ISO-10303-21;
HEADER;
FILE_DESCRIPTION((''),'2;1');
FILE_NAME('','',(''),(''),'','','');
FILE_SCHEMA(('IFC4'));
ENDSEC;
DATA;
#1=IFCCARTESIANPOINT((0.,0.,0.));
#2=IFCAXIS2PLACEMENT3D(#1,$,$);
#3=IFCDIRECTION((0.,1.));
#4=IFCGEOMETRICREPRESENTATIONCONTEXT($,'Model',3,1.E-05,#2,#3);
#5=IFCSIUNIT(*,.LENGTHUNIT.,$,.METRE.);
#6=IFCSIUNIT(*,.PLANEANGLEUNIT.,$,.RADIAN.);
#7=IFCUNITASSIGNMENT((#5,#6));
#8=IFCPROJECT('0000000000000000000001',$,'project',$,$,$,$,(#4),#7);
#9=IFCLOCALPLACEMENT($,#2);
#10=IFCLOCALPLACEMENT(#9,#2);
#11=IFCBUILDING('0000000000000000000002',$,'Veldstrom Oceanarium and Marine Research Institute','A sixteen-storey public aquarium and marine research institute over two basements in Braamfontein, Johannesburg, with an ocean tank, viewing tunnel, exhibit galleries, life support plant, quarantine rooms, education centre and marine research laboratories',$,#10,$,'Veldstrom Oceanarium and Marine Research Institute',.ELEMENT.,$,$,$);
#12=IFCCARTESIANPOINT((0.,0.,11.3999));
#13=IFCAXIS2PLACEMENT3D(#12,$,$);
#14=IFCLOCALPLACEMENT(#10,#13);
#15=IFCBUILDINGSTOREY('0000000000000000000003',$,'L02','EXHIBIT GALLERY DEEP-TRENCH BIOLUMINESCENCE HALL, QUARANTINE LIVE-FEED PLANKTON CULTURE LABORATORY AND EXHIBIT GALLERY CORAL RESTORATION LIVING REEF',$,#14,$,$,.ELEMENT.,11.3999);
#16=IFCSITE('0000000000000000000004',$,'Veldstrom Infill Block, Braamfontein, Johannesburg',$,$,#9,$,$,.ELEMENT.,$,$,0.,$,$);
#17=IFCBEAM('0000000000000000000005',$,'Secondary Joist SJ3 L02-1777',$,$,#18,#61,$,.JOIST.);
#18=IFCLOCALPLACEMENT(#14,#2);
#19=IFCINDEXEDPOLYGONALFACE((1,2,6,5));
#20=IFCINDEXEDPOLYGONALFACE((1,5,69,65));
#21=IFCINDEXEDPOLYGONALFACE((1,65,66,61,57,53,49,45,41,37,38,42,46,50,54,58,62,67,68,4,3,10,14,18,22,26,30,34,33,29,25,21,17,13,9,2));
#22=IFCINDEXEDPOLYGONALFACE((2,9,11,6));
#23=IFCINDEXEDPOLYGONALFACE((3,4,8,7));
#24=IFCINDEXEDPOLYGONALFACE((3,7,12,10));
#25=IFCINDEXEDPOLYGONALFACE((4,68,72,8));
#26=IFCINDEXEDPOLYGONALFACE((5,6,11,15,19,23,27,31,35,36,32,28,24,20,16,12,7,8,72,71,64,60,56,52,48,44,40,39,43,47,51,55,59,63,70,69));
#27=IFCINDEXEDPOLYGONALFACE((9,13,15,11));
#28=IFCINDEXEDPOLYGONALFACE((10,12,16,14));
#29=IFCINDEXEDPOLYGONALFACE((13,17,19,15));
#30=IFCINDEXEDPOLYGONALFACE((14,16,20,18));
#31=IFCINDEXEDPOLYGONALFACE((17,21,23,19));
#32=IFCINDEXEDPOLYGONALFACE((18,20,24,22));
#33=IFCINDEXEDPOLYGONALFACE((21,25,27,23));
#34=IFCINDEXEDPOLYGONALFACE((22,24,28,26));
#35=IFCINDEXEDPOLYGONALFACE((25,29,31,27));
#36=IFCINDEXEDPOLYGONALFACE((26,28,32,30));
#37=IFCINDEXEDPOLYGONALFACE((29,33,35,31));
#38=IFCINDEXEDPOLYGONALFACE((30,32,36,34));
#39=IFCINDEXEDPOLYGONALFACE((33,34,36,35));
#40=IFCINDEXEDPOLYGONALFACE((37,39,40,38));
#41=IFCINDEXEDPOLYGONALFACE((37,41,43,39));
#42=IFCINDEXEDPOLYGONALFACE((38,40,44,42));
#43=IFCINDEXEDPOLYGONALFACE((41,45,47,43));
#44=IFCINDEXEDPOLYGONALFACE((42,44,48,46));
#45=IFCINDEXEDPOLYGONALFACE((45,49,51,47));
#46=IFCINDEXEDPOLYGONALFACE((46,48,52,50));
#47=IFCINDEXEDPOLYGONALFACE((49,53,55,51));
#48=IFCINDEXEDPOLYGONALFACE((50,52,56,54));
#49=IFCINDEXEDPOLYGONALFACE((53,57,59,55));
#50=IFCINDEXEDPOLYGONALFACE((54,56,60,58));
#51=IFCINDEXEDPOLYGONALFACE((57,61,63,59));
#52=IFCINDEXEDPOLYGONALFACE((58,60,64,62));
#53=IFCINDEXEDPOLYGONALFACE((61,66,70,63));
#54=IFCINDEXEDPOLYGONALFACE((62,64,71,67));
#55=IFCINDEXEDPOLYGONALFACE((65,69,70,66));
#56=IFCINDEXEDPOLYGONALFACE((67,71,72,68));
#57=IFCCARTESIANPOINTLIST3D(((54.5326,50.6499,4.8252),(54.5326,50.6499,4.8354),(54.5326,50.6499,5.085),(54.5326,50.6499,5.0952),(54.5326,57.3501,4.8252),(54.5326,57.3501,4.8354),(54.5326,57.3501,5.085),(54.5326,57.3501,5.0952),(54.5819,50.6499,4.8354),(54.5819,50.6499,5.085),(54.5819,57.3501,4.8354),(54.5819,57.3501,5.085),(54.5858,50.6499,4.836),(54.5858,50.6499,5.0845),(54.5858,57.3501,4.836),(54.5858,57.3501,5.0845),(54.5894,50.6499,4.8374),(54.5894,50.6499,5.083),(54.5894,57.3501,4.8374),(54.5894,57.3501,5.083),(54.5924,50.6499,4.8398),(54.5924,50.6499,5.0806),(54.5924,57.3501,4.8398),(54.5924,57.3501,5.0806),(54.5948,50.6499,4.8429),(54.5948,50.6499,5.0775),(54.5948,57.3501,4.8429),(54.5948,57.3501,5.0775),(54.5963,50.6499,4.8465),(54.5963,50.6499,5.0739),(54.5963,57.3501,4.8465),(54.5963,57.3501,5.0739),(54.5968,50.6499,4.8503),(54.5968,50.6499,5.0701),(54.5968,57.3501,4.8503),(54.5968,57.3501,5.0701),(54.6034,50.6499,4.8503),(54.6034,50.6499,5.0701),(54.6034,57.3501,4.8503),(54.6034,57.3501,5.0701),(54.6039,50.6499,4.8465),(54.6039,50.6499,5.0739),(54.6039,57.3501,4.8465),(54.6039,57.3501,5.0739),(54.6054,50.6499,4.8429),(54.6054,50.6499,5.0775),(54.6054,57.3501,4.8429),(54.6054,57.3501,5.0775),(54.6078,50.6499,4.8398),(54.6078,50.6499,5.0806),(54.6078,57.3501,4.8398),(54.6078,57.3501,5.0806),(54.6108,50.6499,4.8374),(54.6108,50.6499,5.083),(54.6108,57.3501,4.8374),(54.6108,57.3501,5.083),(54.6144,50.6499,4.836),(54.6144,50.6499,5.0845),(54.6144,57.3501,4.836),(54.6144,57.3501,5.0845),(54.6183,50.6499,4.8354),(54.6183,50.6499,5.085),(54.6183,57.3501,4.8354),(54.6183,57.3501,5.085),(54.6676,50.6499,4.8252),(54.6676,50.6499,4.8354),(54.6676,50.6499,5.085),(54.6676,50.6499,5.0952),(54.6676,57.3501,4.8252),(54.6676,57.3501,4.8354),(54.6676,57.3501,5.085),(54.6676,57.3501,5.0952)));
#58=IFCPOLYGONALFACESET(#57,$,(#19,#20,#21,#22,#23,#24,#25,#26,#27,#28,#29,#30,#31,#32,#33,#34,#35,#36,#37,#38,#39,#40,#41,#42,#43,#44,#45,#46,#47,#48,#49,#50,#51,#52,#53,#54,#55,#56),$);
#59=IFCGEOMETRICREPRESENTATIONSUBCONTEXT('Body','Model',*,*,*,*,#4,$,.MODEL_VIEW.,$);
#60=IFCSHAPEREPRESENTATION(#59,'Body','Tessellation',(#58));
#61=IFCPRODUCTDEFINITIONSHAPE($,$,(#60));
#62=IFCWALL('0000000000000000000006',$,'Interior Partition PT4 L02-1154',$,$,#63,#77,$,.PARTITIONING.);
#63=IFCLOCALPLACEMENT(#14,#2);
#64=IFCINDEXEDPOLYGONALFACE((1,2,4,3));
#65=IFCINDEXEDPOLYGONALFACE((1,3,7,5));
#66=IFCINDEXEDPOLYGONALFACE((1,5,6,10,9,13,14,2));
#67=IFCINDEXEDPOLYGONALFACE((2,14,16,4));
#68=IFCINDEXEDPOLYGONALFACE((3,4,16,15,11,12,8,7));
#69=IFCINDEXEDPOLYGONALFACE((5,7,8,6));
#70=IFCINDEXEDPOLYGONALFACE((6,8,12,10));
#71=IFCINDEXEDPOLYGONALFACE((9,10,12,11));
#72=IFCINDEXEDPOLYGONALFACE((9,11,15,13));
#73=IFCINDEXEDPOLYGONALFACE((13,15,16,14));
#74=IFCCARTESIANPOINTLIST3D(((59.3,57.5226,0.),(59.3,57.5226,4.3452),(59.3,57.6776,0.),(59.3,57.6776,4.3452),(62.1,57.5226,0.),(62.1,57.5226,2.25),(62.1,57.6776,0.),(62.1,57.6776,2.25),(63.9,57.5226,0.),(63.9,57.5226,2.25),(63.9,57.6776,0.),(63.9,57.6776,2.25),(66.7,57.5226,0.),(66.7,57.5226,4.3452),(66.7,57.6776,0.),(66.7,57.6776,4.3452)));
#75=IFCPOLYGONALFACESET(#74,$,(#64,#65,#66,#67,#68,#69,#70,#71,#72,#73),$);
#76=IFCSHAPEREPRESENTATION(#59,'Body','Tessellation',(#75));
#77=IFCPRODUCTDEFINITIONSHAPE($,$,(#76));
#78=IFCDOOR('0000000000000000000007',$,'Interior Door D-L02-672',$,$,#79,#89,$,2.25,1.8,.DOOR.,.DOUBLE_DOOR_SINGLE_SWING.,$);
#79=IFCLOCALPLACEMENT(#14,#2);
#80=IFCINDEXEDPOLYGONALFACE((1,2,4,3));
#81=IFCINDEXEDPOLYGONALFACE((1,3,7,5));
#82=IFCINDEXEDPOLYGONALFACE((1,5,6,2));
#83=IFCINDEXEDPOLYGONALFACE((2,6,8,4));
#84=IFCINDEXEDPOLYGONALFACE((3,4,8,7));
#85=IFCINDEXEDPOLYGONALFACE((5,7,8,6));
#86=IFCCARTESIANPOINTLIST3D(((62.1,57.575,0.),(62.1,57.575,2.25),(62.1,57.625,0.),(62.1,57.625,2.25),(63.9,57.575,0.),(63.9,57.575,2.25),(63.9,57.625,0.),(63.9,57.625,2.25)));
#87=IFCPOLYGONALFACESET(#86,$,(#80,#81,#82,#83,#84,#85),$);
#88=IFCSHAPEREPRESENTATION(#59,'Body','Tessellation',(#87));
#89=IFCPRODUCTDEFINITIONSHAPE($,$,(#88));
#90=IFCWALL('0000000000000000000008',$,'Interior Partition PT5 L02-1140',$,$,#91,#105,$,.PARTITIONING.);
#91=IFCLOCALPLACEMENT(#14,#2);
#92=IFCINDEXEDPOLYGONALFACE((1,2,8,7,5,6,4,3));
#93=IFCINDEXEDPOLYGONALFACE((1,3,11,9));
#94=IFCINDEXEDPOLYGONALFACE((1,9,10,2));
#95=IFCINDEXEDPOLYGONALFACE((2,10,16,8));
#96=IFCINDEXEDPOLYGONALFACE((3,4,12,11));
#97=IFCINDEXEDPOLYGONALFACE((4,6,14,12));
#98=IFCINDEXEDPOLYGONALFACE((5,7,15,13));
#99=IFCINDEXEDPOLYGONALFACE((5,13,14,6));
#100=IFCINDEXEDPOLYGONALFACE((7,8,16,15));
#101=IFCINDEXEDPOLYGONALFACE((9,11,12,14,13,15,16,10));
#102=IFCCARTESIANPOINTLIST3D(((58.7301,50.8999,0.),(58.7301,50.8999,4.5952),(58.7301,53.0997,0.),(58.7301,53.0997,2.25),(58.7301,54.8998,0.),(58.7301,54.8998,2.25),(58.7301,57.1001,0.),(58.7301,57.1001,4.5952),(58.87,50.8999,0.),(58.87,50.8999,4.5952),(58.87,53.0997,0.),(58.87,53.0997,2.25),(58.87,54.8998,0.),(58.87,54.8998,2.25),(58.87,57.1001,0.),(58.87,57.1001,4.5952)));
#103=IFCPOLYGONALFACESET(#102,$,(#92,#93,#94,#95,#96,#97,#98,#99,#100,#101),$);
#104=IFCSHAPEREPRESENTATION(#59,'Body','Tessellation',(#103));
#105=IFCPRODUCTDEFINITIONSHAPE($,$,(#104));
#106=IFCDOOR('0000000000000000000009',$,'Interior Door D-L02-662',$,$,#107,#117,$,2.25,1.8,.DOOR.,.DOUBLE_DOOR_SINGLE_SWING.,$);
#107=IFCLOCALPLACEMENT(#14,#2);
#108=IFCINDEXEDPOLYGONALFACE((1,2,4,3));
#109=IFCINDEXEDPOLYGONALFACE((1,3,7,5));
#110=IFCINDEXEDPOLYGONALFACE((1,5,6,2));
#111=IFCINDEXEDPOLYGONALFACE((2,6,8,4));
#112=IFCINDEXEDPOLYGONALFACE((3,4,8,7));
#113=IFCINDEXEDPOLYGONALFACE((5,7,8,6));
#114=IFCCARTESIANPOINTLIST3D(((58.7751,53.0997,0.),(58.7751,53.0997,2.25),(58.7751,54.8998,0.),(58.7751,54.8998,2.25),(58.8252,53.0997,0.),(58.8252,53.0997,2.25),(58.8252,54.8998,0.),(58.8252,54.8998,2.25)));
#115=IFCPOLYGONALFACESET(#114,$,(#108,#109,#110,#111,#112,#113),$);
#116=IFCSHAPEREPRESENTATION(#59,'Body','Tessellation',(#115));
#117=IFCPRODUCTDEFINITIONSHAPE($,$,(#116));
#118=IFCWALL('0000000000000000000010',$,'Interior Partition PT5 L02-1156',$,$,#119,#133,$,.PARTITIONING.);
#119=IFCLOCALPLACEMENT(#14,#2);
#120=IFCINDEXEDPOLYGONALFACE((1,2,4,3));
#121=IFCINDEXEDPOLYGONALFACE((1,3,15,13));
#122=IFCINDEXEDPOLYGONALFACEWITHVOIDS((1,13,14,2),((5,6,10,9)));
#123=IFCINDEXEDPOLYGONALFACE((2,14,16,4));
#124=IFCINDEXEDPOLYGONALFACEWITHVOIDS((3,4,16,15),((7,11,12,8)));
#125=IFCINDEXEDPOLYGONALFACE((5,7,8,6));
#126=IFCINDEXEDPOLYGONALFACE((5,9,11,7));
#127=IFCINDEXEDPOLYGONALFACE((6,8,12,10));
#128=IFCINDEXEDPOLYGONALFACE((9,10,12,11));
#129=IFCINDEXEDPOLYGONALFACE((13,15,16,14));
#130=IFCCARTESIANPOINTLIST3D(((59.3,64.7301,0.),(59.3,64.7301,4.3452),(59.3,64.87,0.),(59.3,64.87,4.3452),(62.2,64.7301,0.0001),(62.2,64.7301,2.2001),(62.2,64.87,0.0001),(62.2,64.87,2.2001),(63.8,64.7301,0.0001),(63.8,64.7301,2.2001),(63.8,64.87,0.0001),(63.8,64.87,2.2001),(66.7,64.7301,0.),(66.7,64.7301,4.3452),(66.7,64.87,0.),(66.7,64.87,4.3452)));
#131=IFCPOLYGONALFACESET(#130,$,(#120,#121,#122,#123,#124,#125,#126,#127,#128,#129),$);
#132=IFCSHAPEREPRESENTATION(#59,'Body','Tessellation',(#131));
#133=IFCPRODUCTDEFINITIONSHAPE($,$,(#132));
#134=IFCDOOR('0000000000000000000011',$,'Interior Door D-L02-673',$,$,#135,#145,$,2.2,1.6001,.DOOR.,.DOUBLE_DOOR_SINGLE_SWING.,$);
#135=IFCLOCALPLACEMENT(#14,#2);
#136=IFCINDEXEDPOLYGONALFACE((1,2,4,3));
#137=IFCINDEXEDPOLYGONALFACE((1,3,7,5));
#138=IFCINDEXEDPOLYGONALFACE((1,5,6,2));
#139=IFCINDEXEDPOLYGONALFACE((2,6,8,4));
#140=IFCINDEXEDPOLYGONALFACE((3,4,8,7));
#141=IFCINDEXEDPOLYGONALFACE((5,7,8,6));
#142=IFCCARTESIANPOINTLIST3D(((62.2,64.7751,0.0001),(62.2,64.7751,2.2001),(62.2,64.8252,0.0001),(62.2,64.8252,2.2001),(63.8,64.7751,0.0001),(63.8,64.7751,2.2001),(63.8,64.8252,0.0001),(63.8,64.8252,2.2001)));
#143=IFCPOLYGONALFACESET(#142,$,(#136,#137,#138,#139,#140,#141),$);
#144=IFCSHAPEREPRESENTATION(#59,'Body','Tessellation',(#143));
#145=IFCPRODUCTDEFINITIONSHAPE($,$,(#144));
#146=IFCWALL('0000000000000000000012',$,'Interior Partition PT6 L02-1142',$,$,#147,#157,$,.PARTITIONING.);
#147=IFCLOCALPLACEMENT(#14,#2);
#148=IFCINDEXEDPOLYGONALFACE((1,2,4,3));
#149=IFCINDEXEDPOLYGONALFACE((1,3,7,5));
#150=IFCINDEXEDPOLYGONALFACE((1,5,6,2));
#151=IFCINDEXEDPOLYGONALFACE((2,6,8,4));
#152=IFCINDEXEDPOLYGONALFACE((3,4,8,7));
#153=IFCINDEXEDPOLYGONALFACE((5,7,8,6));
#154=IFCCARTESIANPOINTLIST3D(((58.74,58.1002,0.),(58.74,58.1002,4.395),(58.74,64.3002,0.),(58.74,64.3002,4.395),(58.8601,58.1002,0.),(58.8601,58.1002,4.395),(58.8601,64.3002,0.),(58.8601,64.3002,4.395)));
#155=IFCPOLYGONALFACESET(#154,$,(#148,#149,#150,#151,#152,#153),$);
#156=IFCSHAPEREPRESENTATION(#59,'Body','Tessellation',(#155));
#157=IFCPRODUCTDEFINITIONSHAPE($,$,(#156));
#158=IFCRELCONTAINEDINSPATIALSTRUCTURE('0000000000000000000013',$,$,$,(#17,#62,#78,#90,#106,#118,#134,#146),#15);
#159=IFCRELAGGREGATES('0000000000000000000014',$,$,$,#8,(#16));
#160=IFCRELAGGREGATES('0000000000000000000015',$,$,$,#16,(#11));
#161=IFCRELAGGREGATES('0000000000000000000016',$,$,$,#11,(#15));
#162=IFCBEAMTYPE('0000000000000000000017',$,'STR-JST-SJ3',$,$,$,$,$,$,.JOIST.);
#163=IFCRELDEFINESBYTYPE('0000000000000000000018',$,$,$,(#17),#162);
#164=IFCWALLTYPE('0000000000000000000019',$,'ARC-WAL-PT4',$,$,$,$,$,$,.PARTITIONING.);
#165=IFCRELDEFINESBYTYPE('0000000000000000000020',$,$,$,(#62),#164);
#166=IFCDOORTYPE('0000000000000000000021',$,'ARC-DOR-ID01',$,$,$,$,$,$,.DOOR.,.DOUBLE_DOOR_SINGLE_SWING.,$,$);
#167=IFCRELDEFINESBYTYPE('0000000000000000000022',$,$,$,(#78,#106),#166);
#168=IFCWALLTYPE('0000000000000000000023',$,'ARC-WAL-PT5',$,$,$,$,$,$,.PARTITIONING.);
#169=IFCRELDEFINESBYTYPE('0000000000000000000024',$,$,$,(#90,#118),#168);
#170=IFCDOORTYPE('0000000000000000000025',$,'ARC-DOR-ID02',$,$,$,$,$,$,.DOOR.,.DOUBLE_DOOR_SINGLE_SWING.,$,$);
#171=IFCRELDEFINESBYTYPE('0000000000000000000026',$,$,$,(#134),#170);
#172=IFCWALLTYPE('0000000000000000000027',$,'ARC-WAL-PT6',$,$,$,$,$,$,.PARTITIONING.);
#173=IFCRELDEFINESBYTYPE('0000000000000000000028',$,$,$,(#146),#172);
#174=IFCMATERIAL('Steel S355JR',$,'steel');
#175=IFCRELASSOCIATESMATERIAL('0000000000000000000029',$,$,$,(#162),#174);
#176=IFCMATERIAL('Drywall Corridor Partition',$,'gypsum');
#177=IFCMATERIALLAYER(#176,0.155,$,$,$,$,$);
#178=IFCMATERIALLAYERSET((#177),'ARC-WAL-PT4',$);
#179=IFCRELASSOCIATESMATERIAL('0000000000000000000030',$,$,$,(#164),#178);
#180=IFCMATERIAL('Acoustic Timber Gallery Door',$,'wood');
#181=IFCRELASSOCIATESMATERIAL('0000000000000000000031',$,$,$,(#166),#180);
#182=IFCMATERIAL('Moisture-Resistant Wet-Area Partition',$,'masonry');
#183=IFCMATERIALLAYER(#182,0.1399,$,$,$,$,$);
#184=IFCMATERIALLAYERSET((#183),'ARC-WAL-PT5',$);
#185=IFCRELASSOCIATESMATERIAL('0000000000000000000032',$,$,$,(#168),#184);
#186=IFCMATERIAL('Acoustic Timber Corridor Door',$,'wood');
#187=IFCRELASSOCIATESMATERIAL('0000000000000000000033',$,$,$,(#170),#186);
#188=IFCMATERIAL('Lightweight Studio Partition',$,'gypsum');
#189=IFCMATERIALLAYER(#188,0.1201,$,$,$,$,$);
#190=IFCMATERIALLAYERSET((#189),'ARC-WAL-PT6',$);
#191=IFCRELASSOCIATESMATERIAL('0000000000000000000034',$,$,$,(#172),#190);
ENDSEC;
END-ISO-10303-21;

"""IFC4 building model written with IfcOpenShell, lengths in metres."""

from ifc_helpers import new_model, si_unit, direction, frame, frame_2d, origin, origin_2d, place, context, subcontext, project, spatial, rectangle, i_section, extrude, material, layer, layer_set, material_profile, profile_set, type_object, element, fill, save


model = new_model("IFC4")

# Units and contexts
model_context = context("Model", 3, precision=1e-05, world=origin(), true_north=direction((0.0, 1.0)))
body_context = subcontext(model_context, "Body", "Model", "MODEL_VIEW")
ifc_project = project(units=[si_unit("LENGTHUNIT", "METRE"), si_unit("PLANEANGLEUNIT", "RADIAN")], contexts=[model_context])

# Site, building, storey
site_placement = place(None, origin())
site = spatial("IfcSite", under=ifc_project, at=site_placement, Name="Veldstrom Infill Block, Braamfontein, Johannesburg", CompositionType="ELEMENT", RefElevation=0.0)
building_placement = place(site_placement, origin())
building = spatial("IfcBuilding", under=site, at=building_placement, Name="Veldstrom Oceanarium and Marine Research Institute", Description="A sixteen-storey public aquarium and marine research institute over two basements in Braamfontein, Johannesburg, with an ocean tank, viewing tunnel, exhibit galleries, life support plant, quarantine rooms, education centre and marine research laboratories", LongName="Veldstrom Oceanarium and Marine Research Institute", CompositionType="ELEMENT")
storey_placement = place(building_placement, frame((0.0, 0.0, 11.3999)))
storey = spatial("IfcBuildingStorey", under=building, at=storey_placement, Name="L02", Description="EXHIBIT GALLERY DEEP-TRENCH BIOLUMINESCENCE HALL, QUARANTINE LIVE-FEED PLANKTON CULTURE LABORATORY AND EXHIBIT GALLERY CORAL RESTORATION LIVING REEF", CompositionType="ELEMENT", Elevation=11.3999)

# Beam
ifc_material_1 = material(Name="Steel S355JR", Category="steel")
ifc_material_profile_1 = material_profile(ifc_material_1, i_section(OverallWidth=0.135, OverallDepth=0.27, WebThickness=0.0066, FlangeThickness=0.0103, FilletRadius=0.0149, at=origin_2d()), Name="IPE 270")
ifc_profile_set_1 = profile_set([ifc_material_profile_1], Name="Steel S355JR")
beam_type_1 = type_object("IfcBeamType", Name="STR-JST-SJ3", PredefinedType="JOIST", material=ifc_profile_set_1)
beam_1_placement = place(storey_placement, frame((54.6001, 50.6499, 4.9602), z_axis=(0.0, 1.0, 0.0), x_axis=(-1.0, 0.0, 0.0)))
element("IfcBeam", 1, at=beam_1_placement, inside=storey, type_object=beam_type_1, Name="Secondary Joist SJ3 L02-1777", PredefinedType="JOIST", context=body_context, shape_type="SweptSolid", body=[
    extrude(i_section(OverallWidth=0.135, OverallDepth=0.27, WebThickness=0.0066, FlangeThickness=0.0103, FilletRadius=0.0149, at=origin_2d()), origin(), (0.0, 0.0, 1.0), 6.7002),
])

# Walls, openings, doors
ifc_material_2 = material(Name="Drywall Corridor Partition", Category="gypsum")
ifc_layer_1 = layer(ifc_material_2, 0.155)
ifc_layer_set_1 = layer_set([ifc_layer_1], Name="ARC-WAL-PT4")
wall_type_1 = type_object("IfcWallType", Name="ARC-WAL-PT4", PredefinedType="PARTITIONING", material=ifc_layer_set_1)
wall_1_placement = place(storey_placement, frame((59.3, 57.6001, 0.0), z_axis=(0.0, 0.0, 1.0), x_axis=(1.0, 0.0, 0.0)))
wall_1 = element("IfcWall", 2, at=wall_1_placement, inside=storey, type_object=wall_type_1, Name="Interior Partition PT4 L02-1154", PredefinedType="PARTITIONING", context=body_context, shape_type="SweptSolid", body=[
    extrude(rectangle(XDim=7.3999, YDim=0.155, at=frame_2d((3.7, 0.0))), origin(), (0.0, 0.0, 1.0), 4.3452),
])
opening_1_placement = place(wall_1_placement, frame((2.8, 0.0, 0.0)))
opening_1 = element("IfcOpeningElement", 3, at=opening_1_placement, cuts=wall_1, PredefinedType="OPENING", context=body_context, shape_type="SweptSolid", body=[
    extrude(rectangle(XDim=1.8, YDim=2.25, at=frame_2d((0.8999, 1.125))), frame((0.0, 0.0874, 0.0), z_axis=(0.0, -1.0, 0.0), x_axis=(1.0, 0.0, 0.0)), (0.0, 0.0, 1.0), 0.175),
])
ifc_material_3 = material(Name="Acoustic Timber Gallery Door", Category="wood")
door_type_1 = type_object("IfcDoorType", Name="ARC-DOR-ID01", OperationType="DOUBLE_DOOR_SINGLE_SWING", PredefinedType="DOOR", material=ifc_material_3)
door_1_placement = place(opening_1_placement, origin())
door_1 = element("IfcDoor", 4, at=door_1_placement, inside=storey, type_object=door_type_1, Name="Interior Door D-L02-672", OperationType="DOUBLE_DOOR_SINGLE_SWING", OverallHeight=2.25, OverallWidth=1.8, PredefinedType="DOOR", context=body_context, shape_type="SweptSolid", body=[
    extrude(rectangle(XDim=1.8, YDim=2.25, at=frame_2d((0.8999, 1.125))), frame((0.0, 0.0249, 0.0), z_axis=(0.0, -1.0, 0.0), x_axis=(1.0, 0.0, 0.0)), (0.0, 0.0, 1.0), 0.05),
])
fill(opening_1, door_1)
ifc_material_4 = material(Name="Moisture-Resistant Wet-Area Partition", Category="masonry")
ifc_layer_2 = layer(ifc_material_4, 0.1399)
ifc_layer_set_2 = layer_set([ifc_layer_2], Name="ARC-WAL-PT5")
wall_type_2 = type_object("IfcWallType", Name="ARC-WAL-PT5", PredefinedType="PARTITIONING", material=ifc_layer_set_2)
wall_2_placement = place(storey_placement, frame((58.8, 50.8999, 0.0), z_axis=(0.0, 0.0, 1.0), x_axis=(0.0, 1.0, 0.0)))
wall_2 = element("IfcWall", 5, at=wall_2_placement, inside=storey, type_object=wall_type_2, Name="Interior Partition PT5 L02-1140", PredefinedType="PARTITIONING", context=body_context, shape_type="SweptSolid", body=[
    extrude(rectangle(XDim=6.2002, YDim=0.1399, at=frame_2d((3.1001, 0.0))), origin(), (0.0, 0.0, 1.0), 4.5952),
])
opening_2_placement = place(wall_2_placement, frame((2.2, 0.0, 0.0)))
opening_2 = element("IfcOpeningElement", 6, at=opening_2_placement, cuts=wall_2, PredefinedType="OPENING", context=body_context, shape_type="SweptSolid", body=[
    extrude(rectangle(XDim=1.8, YDim=2.25, at=frame_2d((0.8999, 1.125))), frame((0.0, 0.0798, 0.0), z_axis=(0.0, -1.0, 0.0), x_axis=(1.0, 0.0, 0.0)), (0.0, 0.0, 1.0), 0.1599),
])
door_2_placement = place(opening_2_placement, origin())
door_2 = element("IfcDoor", 7, at=door_2_placement, inside=storey, type_object=door_type_1, Name="Interior Door D-L02-662", OperationType="DOUBLE_DOOR_SINGLE_SWING", OverallHeight=2.25, OverallWidth=1.8, PredefinedType="DOOR", context=body_context, shape_type="SweptSolid", body=[
    extrude(rectangle(XDim=1.8, YDim=2.25, at=frame_2d((0.8999, 1.125))), frame((0.0, 0.0249, 0.0), z_axis=(0.0, -1.0, 0.0), x_axis=(1.0, 0.0, 0.0)), (0.0, 0.0, 1.0), 0.05),
])
fill(opening_2, door_2)
wall_3_placement = place(storey_placement, frame((59.3, 64.8, 0.0), z_axis=(0.0, 0.0, 1.0), x_axis=(1.0, 0.0, 0.0)))
wall_3 = element("IfcWall", 8, at=wall_3_placement, inside=storey, type_object=wall_type_2, Name="Interior Partition PT5 L02-1156", PredefinedType="PARTITIONING", context=body_context, shape_type="SweptSolid", body=[
    extrude(rectangle(XDim=7.3999, YDim=0.1399, at=frame_2d((3.7, 0.0))), origin(), (0.0, 0.0, 1.0), 4.3452),
])
opening_3_placement = place(wall_3_placement, frame((2.8999, 0.0, 0.0)))
opening_3 = element("IfcOpeningElement", 9, at=opening_3_placement, cuts=wall_3, PredefinedType="OPENING", context=body_context, shape_type="SweptSolid", body=[
    extrude(rectangle(XDim=1.6001, YDim=2.2, at=frame_2d((0.8, 1.1001))), frame((0.0, 0.0798, 0.0), z_axis=(0.0, -1.0, 0.0), x_axis=(1.0, 0.0, 0.0)), (0.0, 0.0, 1.0), 0.1599),
])
ifc_material_5 = material(Name="Acoustic Timber Corridor Door", Category="wood")
door_type_2 = type_object("IfcDoorType", Name="ARC-DOR-ID02", OperationType="DOUBLE_DOOR_SINGLE_SWING", PredefinedType="DOOR", material=ifc_material_5)
door_3_placement = place(opening_3_placement, frame((1.6001, 0.0, 0.0), z_axis=(0.0, 0.0, 1.0), x_axis=(-1.0, 0.0, 0.0)))
door_3 = element("IfcDoor", 10, at=door_3_placement, inside=storey, type_object=door_type_2, Name="Interior Door D-L02-673", OperationType="DOUBLE_DOOR_SINGLE_SWING", OverallHeight=2.2, OverallWidth=1.6001, PredefinedType="DOOR", context=body_context, shape_type="SweptSolid", body=[
    extrude(rectangle(XDim=1.6001, YDim=2.2, at=frame_2d((0.8, 1.1001))), frame((0.0, 0.0249, 0.0), z_axis=(0.0, -1.0, 0.0), x_axis=(1.0, 0.0, 0.0)), (0.0, 0.0, 1.0), 0.05),
])
fill(opening_3, door_3)

# Wall
ifc_material_6 = material(Name="Lightweight Studio Partition", Category="gypsum")
ifc_layer_3 = layer(ifc_material_6, 0.1201)
ifc_layer_set_3 = layer_set([ifc_layer_3], Name="ARC-WAL-PT6")
wall_type_3 = type_object("IfcWallType", Name="ARC-WAL-PT6", PredefinedType="PARTITIONING", material=ifc_layer_set_3)
wall_4_placement = place(storey_placement, frame((58.8, 58.1001, 0.0), z_axis=(0.0, 0.0, 1.0), x_axis=(0.0, 1.0, 0.0)))
element("IfcWall", 11, at=wall_4_placement, inside=storey, type_object=wall_type_3, Name="Interior Partition PT6 L02-1142", PredefinedType="PARTITIONING", context=body_context, shape_type="SweptSolid", body=[
    extrude(rectangle(XDim=6.2, YDim=0.1201, at=frame_2d((3.1001, 0.0))), origin(), (0.0, 0.0, 1.0), 4.395),
])

save(model, "model.ifc")
